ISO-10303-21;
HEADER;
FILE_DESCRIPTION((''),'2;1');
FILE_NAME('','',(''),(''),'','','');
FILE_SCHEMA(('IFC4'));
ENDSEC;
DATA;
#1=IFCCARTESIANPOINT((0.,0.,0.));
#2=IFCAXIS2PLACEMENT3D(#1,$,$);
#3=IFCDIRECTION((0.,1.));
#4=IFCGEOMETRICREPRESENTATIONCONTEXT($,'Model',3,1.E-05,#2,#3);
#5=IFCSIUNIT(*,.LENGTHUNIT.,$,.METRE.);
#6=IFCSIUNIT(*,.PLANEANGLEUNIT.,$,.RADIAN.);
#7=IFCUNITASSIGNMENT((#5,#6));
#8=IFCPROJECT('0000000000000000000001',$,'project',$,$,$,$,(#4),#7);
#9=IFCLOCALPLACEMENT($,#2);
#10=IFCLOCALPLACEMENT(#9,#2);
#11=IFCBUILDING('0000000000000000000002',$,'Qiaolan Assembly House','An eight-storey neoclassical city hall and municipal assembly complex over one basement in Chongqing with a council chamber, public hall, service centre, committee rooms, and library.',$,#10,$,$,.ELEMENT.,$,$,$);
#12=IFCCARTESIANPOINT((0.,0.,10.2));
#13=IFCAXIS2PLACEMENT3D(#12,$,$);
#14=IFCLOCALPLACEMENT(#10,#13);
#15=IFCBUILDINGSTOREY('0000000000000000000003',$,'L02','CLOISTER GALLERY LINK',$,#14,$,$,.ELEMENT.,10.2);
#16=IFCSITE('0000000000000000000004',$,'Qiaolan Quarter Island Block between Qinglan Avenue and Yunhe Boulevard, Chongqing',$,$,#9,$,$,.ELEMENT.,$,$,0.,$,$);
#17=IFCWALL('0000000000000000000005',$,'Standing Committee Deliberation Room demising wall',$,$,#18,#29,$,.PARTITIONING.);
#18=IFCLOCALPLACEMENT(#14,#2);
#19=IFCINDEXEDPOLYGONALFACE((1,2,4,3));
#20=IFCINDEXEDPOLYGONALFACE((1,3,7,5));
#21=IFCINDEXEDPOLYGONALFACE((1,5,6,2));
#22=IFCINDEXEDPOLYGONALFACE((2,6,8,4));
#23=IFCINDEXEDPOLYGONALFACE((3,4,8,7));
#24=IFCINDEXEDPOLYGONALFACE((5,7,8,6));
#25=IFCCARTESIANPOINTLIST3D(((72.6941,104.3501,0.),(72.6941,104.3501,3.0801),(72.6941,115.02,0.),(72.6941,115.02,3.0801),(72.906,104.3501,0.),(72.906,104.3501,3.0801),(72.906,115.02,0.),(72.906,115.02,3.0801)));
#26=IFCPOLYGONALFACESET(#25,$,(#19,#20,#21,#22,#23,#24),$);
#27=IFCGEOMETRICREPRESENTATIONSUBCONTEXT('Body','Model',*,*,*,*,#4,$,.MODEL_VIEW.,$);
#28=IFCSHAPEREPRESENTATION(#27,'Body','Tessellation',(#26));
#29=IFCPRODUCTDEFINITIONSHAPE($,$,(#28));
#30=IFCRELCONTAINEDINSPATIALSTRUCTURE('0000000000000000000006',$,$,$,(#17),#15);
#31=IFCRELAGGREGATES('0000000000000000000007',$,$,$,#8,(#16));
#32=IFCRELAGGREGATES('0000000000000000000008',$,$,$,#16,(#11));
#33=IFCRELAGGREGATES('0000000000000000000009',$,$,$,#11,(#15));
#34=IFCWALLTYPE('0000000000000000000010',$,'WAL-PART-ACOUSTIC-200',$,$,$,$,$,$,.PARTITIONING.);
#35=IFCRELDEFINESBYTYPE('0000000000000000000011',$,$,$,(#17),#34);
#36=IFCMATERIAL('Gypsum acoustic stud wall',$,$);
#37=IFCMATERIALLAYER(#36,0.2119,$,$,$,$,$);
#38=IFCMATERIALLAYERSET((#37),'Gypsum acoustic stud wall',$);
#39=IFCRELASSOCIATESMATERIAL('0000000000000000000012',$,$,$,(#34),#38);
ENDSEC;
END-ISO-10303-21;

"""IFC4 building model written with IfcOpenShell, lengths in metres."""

from ifc_helpers import new_model, si_unit, direction, frame, frame_2d, origin, place, context, subcontext, project, spatial, rectangle, extrude, material, layer, layer_set, type_object, element, save


model = new_model("IFC4")

# Units and contexts
model_context = context("Model", 3, precision=1e-05, world=origin(), true_north=direction((0.0, 1.0)))
body_context = subcontext(model_context, "Body", "Model", "MODEL_VIEW")
ifc_project = project(units=[si_unit("LENGTHUNIT", "METRE"), si_unit("PLANEANGLEUNIT", "RADIAN")], contexts=[model_context])

# Site, building, storey
site_placement = place(None, origin())
site = spatial("IfcSite", under=ifc_project, at=site_placement, Name="Qiaolan Quarter Island Block between Qinglan Avenue and Yunhe Boulevard, Chongqing", CompositionType="ELEMENT", RefElevation=0.0)
building_placement = place(site_placement, origin())
building = spatial("IfcBuilding", under=site, at=building_placement, Name="Qiaolan Assembly House", Description="An eight-storey neoclassical city hall and municipal assembly complex over one basement in Chongqing with a council chamber, public hall, service centre, committee rooms, and library.", CompositionType="ELEMENT")
storey_placement = place(building_placement, frame((0.0, 0.0, 10.2)))
storey = spatial("IfcBuildingStorey", under=building, at=storey_placement, Name="L02", Description="CLOISTER GALLERY LINK", CompositionType="ELEMENT", Elevation=10.2)

# Wall
ifc_material_1 = material(Name="Gypsum acoustic stud wall")
ifc_layer_1 = layer(ifc_material_1, 0.2119)
ifc_layer_set_1 = layer_set([ifc_layer_1], Name="Gypsum acoustic stud wall")
wall_type_1 = type_object("IfcWallType", Name="WAL-PART-ACOUSTIC-200", PredefinedType="PARTITIONING", material=ifc_layer_set_1)
wall_1_placement = place(storey_placement, frame((72.8, 104.3501, 0.0), z_axis=(0.0, 0.0, 1.0), x_axis=(0.0, 1.0, 0.0)))
element("IfcWall", 1, at=wall_1_placement, inside=storey, type_object=wall_type_1, Name="Standing Committee Deliberation Room demising wall", PredefinedType="PARTITIONING", context=body_context, shape_type="SweptSolid", body=[
    extrude(rectangle(XDim=10.6699, YDim=0.2119, at=frame_2d((5.335, 0.0))), origin(), (0.0, 0.0, 1.0), 3.0801),
])

save(model, "model.ifc")
